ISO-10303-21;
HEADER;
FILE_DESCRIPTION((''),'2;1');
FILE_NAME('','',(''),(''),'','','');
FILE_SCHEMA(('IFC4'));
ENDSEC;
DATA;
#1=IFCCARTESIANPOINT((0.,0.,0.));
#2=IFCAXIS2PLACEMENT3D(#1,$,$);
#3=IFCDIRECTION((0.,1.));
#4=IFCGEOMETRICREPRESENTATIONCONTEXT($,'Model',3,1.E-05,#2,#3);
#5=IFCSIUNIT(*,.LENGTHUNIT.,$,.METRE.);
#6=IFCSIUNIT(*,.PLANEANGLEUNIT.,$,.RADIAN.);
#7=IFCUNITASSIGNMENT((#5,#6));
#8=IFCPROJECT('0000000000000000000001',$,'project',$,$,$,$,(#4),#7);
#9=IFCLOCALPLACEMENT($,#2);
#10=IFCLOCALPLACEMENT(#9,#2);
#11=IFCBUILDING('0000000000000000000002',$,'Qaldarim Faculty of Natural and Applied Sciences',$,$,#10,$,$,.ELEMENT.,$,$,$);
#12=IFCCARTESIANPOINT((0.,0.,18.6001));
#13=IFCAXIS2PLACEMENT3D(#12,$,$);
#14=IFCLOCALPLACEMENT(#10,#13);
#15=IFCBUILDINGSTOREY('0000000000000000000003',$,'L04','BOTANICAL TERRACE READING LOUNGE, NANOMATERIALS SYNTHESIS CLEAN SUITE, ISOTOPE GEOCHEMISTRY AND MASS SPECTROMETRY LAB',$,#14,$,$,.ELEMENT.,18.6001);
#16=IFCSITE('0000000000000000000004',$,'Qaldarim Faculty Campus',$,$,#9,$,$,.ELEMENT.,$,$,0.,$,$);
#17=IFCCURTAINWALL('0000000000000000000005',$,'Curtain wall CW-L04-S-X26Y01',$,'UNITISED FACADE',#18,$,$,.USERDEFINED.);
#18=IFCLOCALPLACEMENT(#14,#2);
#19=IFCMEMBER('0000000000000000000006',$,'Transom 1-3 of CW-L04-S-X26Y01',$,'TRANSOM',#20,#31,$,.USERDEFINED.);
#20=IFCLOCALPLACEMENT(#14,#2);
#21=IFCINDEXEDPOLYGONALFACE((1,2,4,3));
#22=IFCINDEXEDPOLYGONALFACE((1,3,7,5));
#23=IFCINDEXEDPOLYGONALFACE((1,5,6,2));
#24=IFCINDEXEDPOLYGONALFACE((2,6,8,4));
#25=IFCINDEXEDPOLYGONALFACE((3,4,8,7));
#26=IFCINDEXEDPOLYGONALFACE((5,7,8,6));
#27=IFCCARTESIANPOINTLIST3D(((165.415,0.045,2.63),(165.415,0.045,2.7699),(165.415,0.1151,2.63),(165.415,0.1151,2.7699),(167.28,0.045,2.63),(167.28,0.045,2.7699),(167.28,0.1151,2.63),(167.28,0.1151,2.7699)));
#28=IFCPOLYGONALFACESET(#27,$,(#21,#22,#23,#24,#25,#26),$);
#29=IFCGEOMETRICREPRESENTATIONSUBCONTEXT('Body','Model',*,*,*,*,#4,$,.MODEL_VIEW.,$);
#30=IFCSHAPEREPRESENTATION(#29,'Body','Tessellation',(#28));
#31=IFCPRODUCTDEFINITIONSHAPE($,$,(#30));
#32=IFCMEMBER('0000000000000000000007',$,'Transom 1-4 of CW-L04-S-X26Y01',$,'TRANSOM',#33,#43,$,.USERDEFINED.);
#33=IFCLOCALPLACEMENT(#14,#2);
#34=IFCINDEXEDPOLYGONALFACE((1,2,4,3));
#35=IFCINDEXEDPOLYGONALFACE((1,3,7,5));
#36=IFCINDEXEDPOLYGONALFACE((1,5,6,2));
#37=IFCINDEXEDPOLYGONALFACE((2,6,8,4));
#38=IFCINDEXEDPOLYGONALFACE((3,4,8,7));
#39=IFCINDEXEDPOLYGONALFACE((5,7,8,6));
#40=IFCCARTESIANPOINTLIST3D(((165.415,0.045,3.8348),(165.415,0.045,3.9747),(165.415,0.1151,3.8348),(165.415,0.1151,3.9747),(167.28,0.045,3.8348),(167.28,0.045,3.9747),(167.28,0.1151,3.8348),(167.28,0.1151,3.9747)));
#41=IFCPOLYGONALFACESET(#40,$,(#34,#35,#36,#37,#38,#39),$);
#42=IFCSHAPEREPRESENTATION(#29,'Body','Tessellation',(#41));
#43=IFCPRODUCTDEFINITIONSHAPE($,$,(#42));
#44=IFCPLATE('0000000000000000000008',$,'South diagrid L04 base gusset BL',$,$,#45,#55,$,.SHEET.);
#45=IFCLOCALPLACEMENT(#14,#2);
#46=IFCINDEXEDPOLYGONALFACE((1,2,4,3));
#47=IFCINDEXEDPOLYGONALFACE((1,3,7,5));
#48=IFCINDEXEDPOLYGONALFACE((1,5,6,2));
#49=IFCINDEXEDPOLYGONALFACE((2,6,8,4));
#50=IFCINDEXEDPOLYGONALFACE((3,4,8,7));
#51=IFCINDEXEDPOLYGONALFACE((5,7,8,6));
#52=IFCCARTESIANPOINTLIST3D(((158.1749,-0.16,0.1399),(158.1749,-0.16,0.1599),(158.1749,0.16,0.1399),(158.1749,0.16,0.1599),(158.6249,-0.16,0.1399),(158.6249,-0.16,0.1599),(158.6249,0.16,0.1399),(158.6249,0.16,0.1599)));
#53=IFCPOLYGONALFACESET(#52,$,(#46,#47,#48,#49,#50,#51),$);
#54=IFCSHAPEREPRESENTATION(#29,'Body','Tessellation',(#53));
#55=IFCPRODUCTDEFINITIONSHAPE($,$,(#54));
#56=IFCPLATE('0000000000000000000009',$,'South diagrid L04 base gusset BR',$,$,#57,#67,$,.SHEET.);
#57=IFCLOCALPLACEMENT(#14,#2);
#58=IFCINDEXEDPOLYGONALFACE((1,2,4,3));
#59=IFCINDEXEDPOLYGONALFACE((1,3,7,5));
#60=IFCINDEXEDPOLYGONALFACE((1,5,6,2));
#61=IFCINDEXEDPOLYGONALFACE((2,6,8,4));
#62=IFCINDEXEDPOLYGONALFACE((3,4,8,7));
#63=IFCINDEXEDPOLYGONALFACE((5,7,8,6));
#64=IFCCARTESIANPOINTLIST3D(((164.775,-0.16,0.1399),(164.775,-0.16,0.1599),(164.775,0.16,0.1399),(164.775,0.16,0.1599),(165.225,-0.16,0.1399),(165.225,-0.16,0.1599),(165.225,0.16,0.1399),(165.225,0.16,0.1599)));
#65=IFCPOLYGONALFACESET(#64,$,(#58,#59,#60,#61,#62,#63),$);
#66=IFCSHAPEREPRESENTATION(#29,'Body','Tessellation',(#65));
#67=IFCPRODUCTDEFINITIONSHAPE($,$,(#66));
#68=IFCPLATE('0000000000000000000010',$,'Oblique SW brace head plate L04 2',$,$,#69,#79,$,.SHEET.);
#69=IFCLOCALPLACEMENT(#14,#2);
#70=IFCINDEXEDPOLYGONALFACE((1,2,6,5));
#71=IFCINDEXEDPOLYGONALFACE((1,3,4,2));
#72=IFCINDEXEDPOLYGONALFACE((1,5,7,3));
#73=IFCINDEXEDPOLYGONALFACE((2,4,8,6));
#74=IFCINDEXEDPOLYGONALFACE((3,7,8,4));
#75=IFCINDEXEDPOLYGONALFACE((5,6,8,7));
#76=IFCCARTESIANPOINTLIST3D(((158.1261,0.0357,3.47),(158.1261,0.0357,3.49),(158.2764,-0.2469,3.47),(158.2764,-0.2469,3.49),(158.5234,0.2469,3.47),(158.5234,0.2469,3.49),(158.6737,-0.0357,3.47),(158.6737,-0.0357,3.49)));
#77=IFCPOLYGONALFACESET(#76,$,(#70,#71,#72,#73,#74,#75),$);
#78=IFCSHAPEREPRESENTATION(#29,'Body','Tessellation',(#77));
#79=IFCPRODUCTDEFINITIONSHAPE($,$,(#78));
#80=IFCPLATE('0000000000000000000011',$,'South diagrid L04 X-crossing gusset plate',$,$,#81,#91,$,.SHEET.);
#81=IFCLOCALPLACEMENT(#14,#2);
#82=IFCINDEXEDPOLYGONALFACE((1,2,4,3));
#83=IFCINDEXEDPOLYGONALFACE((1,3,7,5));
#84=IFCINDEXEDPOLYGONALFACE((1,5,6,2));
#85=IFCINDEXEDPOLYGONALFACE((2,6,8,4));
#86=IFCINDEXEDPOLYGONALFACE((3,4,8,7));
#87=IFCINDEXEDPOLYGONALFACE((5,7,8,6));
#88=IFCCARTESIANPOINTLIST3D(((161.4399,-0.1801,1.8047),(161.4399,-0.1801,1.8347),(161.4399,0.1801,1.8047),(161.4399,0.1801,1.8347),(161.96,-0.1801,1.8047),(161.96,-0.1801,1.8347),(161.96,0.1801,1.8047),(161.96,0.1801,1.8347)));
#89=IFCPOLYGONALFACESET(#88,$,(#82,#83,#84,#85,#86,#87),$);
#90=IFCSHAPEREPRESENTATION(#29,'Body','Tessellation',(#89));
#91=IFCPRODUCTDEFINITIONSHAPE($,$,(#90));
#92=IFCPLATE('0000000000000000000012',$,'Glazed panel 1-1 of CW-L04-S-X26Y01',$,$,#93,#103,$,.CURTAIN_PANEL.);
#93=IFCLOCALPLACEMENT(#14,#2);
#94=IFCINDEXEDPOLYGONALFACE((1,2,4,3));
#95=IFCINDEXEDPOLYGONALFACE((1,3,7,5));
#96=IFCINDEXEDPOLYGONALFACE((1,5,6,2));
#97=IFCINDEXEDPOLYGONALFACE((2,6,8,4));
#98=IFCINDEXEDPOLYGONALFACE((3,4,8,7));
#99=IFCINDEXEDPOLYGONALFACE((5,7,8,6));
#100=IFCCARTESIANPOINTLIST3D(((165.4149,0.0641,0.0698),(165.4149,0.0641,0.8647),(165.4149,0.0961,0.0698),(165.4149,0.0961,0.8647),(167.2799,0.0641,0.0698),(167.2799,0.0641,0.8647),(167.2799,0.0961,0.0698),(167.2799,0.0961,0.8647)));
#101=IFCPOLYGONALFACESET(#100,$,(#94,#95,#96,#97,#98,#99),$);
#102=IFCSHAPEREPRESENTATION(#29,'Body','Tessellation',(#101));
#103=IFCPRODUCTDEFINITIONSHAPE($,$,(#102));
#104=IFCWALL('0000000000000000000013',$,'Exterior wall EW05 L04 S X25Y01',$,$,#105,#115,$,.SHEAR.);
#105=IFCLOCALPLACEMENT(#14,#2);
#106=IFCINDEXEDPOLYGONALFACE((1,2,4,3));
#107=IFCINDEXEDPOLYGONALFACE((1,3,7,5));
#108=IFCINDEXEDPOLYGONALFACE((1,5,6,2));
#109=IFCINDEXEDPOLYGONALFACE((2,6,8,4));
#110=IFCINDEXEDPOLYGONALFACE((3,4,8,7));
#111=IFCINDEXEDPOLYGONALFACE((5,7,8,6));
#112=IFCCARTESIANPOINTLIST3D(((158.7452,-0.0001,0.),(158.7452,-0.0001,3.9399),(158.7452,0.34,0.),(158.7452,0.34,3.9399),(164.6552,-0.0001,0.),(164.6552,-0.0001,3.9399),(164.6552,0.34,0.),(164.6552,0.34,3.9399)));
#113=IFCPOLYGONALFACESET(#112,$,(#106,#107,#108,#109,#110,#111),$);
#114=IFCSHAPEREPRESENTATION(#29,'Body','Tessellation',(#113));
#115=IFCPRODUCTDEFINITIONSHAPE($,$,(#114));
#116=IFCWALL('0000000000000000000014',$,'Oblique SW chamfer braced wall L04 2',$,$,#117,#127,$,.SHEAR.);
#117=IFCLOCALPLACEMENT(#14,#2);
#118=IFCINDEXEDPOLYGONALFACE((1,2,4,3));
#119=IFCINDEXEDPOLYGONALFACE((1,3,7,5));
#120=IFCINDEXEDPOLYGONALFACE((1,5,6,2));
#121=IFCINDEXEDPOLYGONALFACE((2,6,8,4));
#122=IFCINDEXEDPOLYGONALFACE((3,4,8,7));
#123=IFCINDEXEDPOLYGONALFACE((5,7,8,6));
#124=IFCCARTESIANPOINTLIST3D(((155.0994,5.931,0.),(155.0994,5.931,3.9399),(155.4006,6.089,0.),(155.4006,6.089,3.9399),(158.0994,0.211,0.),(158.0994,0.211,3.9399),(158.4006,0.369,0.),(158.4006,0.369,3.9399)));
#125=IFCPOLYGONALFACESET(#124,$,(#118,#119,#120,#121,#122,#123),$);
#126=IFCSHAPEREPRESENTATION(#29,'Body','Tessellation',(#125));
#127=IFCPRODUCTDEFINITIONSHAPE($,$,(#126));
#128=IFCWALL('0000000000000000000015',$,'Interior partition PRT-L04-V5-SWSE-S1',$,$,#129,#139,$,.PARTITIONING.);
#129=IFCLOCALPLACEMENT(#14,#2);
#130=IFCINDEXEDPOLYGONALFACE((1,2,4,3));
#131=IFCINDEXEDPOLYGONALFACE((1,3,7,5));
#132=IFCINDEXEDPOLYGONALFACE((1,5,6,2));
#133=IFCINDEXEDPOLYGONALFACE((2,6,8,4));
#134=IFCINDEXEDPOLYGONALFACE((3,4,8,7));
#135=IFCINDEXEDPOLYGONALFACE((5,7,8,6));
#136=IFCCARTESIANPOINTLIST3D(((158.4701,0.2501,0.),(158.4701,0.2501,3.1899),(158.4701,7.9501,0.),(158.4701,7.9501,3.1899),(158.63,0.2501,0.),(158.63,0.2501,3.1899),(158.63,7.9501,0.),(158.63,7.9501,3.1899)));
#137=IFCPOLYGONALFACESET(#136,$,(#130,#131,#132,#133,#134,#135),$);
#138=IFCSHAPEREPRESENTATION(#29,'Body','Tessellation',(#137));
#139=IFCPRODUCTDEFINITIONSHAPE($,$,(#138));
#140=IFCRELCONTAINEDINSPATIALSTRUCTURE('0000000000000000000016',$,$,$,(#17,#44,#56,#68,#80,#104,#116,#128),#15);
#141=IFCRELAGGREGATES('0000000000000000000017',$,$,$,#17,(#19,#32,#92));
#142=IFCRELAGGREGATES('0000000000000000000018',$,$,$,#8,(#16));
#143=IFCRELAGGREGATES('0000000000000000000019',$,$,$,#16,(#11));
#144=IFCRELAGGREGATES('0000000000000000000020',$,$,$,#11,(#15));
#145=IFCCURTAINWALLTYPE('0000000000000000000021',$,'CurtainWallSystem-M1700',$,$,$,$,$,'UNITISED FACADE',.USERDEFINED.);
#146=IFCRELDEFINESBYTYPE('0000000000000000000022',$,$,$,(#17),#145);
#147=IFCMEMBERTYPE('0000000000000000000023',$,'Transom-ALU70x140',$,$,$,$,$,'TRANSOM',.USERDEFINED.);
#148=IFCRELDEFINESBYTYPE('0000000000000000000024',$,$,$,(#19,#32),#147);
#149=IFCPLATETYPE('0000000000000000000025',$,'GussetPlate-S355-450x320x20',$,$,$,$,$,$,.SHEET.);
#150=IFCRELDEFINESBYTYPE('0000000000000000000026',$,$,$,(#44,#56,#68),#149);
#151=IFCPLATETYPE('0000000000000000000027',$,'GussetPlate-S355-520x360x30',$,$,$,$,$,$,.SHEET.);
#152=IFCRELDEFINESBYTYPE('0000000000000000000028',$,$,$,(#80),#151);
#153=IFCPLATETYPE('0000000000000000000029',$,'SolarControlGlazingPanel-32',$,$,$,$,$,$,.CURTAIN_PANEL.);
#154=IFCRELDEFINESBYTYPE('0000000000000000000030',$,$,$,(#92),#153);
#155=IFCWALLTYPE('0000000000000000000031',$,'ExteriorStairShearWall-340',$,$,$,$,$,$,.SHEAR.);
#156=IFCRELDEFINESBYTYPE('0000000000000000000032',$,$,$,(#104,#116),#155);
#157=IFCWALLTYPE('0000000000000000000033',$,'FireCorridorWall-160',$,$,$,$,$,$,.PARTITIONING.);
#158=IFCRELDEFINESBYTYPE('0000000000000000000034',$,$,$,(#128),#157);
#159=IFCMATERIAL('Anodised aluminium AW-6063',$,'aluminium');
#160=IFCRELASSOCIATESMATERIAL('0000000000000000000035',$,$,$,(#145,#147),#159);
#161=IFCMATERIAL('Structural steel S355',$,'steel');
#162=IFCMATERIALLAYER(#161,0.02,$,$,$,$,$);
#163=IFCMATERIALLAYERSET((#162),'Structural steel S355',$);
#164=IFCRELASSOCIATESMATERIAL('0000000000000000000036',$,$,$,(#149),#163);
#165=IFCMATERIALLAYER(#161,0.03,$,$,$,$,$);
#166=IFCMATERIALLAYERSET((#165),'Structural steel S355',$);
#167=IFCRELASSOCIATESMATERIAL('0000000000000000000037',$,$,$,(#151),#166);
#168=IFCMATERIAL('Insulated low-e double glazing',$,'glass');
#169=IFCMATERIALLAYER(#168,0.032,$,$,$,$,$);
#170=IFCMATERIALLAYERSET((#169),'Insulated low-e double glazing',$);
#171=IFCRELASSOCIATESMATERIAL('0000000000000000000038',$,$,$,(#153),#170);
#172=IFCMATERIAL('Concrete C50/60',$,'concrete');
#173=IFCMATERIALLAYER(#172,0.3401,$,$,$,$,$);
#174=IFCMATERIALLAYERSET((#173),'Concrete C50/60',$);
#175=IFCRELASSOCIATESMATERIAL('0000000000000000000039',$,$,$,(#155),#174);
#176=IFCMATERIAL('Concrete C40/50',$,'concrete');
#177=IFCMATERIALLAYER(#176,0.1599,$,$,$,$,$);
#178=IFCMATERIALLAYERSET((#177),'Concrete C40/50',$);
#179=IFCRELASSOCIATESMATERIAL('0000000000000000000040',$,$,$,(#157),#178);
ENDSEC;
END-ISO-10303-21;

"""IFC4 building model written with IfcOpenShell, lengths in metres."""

from ifc_helpers import new_model, si_unit, direction, frame, frame_2d, origin, origin_2d, place, context, subcontext, project, spatial, rectangle, extrude, material, layer, layer_set, material_profile, profile_set, type_object, element, aggregate, save


model = new_model("IFC4")

# Units and contexts
model_context = context("Model", 3, precision=1e-05, world=origin(), true_north=direction((0.0, 1.0)))
body_context = subcontext(model_context, "Body", "Model", "MODEL_VIEW")
ifc_project = project(units=[si_unit("LENGTHUNIT", "METRE"), si_unit("PLANEANGLEUNIT", "RADIAN")], contexts=[model_context])

# Site, building, storey
site_placement = place(None, origin())
site = spatial("IfcSite", under=ifc_project, at=site_placement, Name="Qaldarim Faculty Campus", CompositionType="ELEMENT", RefElevation=0.0)
building_placement = place(site_placement, origin())
building = spatial("IfcBuilding", under=site, at=building_placement, Name="Qaldarim Faculty of Natural and Applied Sciences", CompositionType="ELEMENT")
storey_placement = place(building_placement, frame((0.0, 0.0, 18.6001)))
storey = spatial("IfcBuildingStorey", under=building, at=storey_placement, Name="L04", Description="BOTANICAL TERRACE READING LOUNGE, NANOMATERIALS SYNTHESIS CLEAN SUITE, ISOTOPE GEOCHEMISTRY AND MASS SPECTROMETRY LAB", CompositionType="ELEMENT", Elevation=18.6001)

# Shared definitions
ifc_material_1 = material(Name="Concrete C50/60", Category="concrete")

# Shared definitions
ifc_material_2 = material(Name="Structural steel S355", Category="steel")

# Curtain wall
ifc_material_3 = material(Name="Anodised aluminium AW-6063", Category="aluminium")
curtain_wall_type = type_object("IfcCurtainWallType", Name="CurtainWallSystem-M1700", ElementType="UNITISED FACADE", PredefinedType="USERDEFINED", material=ifc_material_3)
curtain_wall_placement = place(storey_placement, origin())
curtain_wall = element("IfcCurtainWall", 1, at=curtain_wall_placement, inside=storey, type_object=curtain_wall_type, Name="Curtain wall CW-L04-S-X26Y01", ObjectType="UNITISED FACADE", PredefinedType="USERDEFINED")

# Shared definitions
ifc_material_4 = material(Name="Concrete C40/50", Category="concrete")

# Members
ifc_material_profile_1 = material_profile(ifc_material_3, rectangle(XDim=0.0701, YDim=0.1399, at=origin_2d()), Name="ALU-T70x140")
ifc_profile_set_1 = profile_set([ifc_material_profile_1], Name="Anodised aluminium AW-6063")
member_type_1 = type_object("IfcMemberType", Name="Transom-ALU70x140", ElementType="TRANSOM", PredefinedType="USERDEFINED", material=ifc_profile_set_1)
member_1_placement = place(storey_placement, frame((165.415, 0.0801, 2.7), z_axis=(1.0, 0.0, 0.0), x_axis=(0.0, 1.0, 0.0)))
member_1 = element("IfcMember", 2, at=member_1_placement, type_object=member_type_1, Name="Transom 1-3 of CW-L04-S-X26Y01", ObjectType="TRANSOM", PredefinedType="USERDEFINED", context=body_context, shape_type="SweptSolid", body=[
    extrude(rectangle(XDim=0.0701, YDim=0.1399, at=origin_2d()), origin(), (0.0, 0.0, 1.0), 1.865),
])
member_2_placement = place(storey_placement, frame((165.415, 0.0801, 3.9048), z_axis=(1.0, 0.0, 0.0), x_axis=(0.0, 1.0, 0.0)))
member_2 = element("IfcMember", 3, at=member_2_placement, type_object=member_type_1, Name="Transom 1-4 of CW-L04-S-X26Y01", ObjectType="TRANSOM", PredefinedType="USERDEFINED", context=body_context, shape_type="SweptSolid", body=[
    extrude(rectangle(XDim=0.0701, YDim=0.1399, at=origin_2d()), origin(), (0.0, 0.0, 1.0), 1.865),
])

# Plates
ifc_layer_1 = layer(ifc_material_2, 0.02)
ifc_layer_set_1 = layer_set([ifc_layer_1], Name="Structural steel S355")
plate_type_1 = type_object("IfcPlateType", Name="GussetPlate-S355-450x320x20", PredefinedType="SHEET", material=ifc_layer_set_1)
for number, where, z_axis, x_axis, name in (
    (4, (158.3999, 0.0, 0.1399), (0.0, 0.0, 1.0), (1.0, 0.0, 0.0), "South diagrid L04 base gusset BL"),
    (5, (165.0, 0.0, 0.1399), (0.0, 0.0, 1.0), (1.0, 0.0, 0.0), "South diagrid L04 base gusset BR"),
    (6, (158.3999, 0.0, 3.47), (0.0, 0.0, 1.0), (0.882948, 0.469472, 0.0), "Oblique SW brace head plate L04 2"),
):
    element("IfcPlate", number, at=place(storey_placement, frame(where, z_axis=z_axis, x_axis=x_axis)), inside=storey, type_object=plate_type_1, Name=name, PredefinedType="SHEET", context=body_context, shape_type="SweptSolid", body=[
        extrude(rectangle(XDim=0.45, YDim=0.3201, at=origin_2d()), origin(), (0.0, 0.0, 1.0), 0.02),
    ])
ifc_layer_2 = layer(ifc_material_2, 0.03)
ifc_layer_set_2 = layer_set([ifc_layer_2], Name="Structural steel S355")
plate_type_2 = type_object("IfcPlateType", Name="GussetPlate-S355-520x360x30", PredefinedType="SHEET", material=ifc_layer_set_2)
plate_1_placement = place(storey_placement, frame((161.7, 0.0, 1.8047), z_axis=(0.0, 0.0, 1.0), x_axis=(1.0, 0.0, 0.0)))
element("IfcPlate", 7, at=plate_1_placement, inside=storey, type_object=plate_type_2, Name="South diagrid L04 X-crossing gusset plate", PredefinedType="SHEET", context=body_context, shape_type="SweptSolid", body=[
    extrude(rectangle(XDim=0.52, YDim=0.3601, at=origin_2d()), origin(), (0.0, 0.0, 1.0), 0.03),
])

# Plate
ifc_material_5 = material(Name="Insulated low-e double glazing", Category="glass")
ifc_layer_3 = layer(ifc_material_5, 0.032)
ifc_layer_set_3 = layer_set([ifc_layer_3], Name="Insulated low-e double glazing")
plate_type_3 = type_object("IfcPlateType", Name="SolarControlGlazingPanel-32", PredefinedType="CURTAIN_PANEL", material=ifc_layer_set_3)
plate_2_placement = place(storey_placement, frame((166.3474, 0.0801, 0.0698), z_axis=(0.0, 0.0, 1.0), x_axis=(1.0, 0.0, 0.0)))
plate_2 = element("IfcPlate", 8, at=plate_2_placement, type_object=plate_type_3, Name="Glazed panel 1-1 of CW-L04-S-X26Y01", PredefinedType="CURTAIN_PANEL", context=body_context, shape_type="SweptSolid", body=[
    extrude(rectangle(XDim=1.865, YDim=0.032, at=origin_2d()), origin(), (0.0, 0.0, 1.0), 0.7949),
])
aggregate(curtain_wall, [member_1, member_2, plate_2])

# Walls
ifc_layer_4 = layer(ifc_material_1, 0.3401)
ifc_layer_set_4 = layer_set([ifc_layer_4], Name="Concrete C50/60")
wall_type_1 = type_object("IfcWallType", Name="ExteriorStairShearWall-340", PredefinedType="SHEAR", material=ifc_layer_set_4)
wall_1_placement = place(storey_placement, frame((158.7451, 0.1699, 0.0), z_axis=(0.0, 0.0, 1.0), x_axis=(1.0, 0.0, 0.0)))
element("IfcWall", 9, at=wall_1_placement, inside=storey, type_object=wall_type_1, Name="Exterior wall EW05 L04 S X25Y01", PredefinedType="SHEAR", context=body_context, shape_type="SweptSolid", body=[
    extrude(rectangle(XDim=5.9099, YDim=0.3401, at=frame_2d((2.9551, 0.0))), origin(), (0.0, 0.0, 1.0), 3.9399),
])
wall_2_placement = place(storey_placement, frame((155.25, 6.01, 0.0), z_axis=(0.0, 0.0, 1.0), x_axis=(0.464472, -0.885588, 0.0)))
element("IfcWall", 10, at=wall_2_placement, inside=storey, type_object=wall_type_1, Name="Oblique SW chamfer braced wall L04 2", PredefinedType="SHEAR", context=body_context, shape_type="SweptSolid", body=[
    extrude(rectangle(XDim=6.459, YDim=0.3401, at=frame_2d((3.2295, 0.0))), origin(), (0.0, 0.0, 1.0), 3.9399),
])
ifc_layer_5 = layer(ifc_material_4, 0.1599)
ifc_layer_set_5 = layer_set([ifc_layer_5], Name="Concrete C40/50")
wall_type_2 = type_object("IfcWallType", Name="FireCorridorWall-160", PredefinedType="PARTITIONING", material=ifc_layer_set_5)
wall_3_placement = place(storey_placement, frame((158.55, 0.25, 0.0), z_axis=(0.0, 0.0, 1.0), x_axis=(0.0, 1.0, 0.0)))
element("IfcWall", 11, at=wall_3_placement, inside=storey, type_object=wall_type_2, Name="Interior partition PRT-L04-V5-SWSE-S1", PredefinedType="PARTITIONING", context=body_context, shape_type="SweptSolid", body=[
    extrude(rectangle(XDim=7.7, YDim=0.1599, at=frame_2d((3.8501, 0.0))), origin(), (0.0, 0.0, 1.0), 3.1899),
])

save(model, "model.ifc")
